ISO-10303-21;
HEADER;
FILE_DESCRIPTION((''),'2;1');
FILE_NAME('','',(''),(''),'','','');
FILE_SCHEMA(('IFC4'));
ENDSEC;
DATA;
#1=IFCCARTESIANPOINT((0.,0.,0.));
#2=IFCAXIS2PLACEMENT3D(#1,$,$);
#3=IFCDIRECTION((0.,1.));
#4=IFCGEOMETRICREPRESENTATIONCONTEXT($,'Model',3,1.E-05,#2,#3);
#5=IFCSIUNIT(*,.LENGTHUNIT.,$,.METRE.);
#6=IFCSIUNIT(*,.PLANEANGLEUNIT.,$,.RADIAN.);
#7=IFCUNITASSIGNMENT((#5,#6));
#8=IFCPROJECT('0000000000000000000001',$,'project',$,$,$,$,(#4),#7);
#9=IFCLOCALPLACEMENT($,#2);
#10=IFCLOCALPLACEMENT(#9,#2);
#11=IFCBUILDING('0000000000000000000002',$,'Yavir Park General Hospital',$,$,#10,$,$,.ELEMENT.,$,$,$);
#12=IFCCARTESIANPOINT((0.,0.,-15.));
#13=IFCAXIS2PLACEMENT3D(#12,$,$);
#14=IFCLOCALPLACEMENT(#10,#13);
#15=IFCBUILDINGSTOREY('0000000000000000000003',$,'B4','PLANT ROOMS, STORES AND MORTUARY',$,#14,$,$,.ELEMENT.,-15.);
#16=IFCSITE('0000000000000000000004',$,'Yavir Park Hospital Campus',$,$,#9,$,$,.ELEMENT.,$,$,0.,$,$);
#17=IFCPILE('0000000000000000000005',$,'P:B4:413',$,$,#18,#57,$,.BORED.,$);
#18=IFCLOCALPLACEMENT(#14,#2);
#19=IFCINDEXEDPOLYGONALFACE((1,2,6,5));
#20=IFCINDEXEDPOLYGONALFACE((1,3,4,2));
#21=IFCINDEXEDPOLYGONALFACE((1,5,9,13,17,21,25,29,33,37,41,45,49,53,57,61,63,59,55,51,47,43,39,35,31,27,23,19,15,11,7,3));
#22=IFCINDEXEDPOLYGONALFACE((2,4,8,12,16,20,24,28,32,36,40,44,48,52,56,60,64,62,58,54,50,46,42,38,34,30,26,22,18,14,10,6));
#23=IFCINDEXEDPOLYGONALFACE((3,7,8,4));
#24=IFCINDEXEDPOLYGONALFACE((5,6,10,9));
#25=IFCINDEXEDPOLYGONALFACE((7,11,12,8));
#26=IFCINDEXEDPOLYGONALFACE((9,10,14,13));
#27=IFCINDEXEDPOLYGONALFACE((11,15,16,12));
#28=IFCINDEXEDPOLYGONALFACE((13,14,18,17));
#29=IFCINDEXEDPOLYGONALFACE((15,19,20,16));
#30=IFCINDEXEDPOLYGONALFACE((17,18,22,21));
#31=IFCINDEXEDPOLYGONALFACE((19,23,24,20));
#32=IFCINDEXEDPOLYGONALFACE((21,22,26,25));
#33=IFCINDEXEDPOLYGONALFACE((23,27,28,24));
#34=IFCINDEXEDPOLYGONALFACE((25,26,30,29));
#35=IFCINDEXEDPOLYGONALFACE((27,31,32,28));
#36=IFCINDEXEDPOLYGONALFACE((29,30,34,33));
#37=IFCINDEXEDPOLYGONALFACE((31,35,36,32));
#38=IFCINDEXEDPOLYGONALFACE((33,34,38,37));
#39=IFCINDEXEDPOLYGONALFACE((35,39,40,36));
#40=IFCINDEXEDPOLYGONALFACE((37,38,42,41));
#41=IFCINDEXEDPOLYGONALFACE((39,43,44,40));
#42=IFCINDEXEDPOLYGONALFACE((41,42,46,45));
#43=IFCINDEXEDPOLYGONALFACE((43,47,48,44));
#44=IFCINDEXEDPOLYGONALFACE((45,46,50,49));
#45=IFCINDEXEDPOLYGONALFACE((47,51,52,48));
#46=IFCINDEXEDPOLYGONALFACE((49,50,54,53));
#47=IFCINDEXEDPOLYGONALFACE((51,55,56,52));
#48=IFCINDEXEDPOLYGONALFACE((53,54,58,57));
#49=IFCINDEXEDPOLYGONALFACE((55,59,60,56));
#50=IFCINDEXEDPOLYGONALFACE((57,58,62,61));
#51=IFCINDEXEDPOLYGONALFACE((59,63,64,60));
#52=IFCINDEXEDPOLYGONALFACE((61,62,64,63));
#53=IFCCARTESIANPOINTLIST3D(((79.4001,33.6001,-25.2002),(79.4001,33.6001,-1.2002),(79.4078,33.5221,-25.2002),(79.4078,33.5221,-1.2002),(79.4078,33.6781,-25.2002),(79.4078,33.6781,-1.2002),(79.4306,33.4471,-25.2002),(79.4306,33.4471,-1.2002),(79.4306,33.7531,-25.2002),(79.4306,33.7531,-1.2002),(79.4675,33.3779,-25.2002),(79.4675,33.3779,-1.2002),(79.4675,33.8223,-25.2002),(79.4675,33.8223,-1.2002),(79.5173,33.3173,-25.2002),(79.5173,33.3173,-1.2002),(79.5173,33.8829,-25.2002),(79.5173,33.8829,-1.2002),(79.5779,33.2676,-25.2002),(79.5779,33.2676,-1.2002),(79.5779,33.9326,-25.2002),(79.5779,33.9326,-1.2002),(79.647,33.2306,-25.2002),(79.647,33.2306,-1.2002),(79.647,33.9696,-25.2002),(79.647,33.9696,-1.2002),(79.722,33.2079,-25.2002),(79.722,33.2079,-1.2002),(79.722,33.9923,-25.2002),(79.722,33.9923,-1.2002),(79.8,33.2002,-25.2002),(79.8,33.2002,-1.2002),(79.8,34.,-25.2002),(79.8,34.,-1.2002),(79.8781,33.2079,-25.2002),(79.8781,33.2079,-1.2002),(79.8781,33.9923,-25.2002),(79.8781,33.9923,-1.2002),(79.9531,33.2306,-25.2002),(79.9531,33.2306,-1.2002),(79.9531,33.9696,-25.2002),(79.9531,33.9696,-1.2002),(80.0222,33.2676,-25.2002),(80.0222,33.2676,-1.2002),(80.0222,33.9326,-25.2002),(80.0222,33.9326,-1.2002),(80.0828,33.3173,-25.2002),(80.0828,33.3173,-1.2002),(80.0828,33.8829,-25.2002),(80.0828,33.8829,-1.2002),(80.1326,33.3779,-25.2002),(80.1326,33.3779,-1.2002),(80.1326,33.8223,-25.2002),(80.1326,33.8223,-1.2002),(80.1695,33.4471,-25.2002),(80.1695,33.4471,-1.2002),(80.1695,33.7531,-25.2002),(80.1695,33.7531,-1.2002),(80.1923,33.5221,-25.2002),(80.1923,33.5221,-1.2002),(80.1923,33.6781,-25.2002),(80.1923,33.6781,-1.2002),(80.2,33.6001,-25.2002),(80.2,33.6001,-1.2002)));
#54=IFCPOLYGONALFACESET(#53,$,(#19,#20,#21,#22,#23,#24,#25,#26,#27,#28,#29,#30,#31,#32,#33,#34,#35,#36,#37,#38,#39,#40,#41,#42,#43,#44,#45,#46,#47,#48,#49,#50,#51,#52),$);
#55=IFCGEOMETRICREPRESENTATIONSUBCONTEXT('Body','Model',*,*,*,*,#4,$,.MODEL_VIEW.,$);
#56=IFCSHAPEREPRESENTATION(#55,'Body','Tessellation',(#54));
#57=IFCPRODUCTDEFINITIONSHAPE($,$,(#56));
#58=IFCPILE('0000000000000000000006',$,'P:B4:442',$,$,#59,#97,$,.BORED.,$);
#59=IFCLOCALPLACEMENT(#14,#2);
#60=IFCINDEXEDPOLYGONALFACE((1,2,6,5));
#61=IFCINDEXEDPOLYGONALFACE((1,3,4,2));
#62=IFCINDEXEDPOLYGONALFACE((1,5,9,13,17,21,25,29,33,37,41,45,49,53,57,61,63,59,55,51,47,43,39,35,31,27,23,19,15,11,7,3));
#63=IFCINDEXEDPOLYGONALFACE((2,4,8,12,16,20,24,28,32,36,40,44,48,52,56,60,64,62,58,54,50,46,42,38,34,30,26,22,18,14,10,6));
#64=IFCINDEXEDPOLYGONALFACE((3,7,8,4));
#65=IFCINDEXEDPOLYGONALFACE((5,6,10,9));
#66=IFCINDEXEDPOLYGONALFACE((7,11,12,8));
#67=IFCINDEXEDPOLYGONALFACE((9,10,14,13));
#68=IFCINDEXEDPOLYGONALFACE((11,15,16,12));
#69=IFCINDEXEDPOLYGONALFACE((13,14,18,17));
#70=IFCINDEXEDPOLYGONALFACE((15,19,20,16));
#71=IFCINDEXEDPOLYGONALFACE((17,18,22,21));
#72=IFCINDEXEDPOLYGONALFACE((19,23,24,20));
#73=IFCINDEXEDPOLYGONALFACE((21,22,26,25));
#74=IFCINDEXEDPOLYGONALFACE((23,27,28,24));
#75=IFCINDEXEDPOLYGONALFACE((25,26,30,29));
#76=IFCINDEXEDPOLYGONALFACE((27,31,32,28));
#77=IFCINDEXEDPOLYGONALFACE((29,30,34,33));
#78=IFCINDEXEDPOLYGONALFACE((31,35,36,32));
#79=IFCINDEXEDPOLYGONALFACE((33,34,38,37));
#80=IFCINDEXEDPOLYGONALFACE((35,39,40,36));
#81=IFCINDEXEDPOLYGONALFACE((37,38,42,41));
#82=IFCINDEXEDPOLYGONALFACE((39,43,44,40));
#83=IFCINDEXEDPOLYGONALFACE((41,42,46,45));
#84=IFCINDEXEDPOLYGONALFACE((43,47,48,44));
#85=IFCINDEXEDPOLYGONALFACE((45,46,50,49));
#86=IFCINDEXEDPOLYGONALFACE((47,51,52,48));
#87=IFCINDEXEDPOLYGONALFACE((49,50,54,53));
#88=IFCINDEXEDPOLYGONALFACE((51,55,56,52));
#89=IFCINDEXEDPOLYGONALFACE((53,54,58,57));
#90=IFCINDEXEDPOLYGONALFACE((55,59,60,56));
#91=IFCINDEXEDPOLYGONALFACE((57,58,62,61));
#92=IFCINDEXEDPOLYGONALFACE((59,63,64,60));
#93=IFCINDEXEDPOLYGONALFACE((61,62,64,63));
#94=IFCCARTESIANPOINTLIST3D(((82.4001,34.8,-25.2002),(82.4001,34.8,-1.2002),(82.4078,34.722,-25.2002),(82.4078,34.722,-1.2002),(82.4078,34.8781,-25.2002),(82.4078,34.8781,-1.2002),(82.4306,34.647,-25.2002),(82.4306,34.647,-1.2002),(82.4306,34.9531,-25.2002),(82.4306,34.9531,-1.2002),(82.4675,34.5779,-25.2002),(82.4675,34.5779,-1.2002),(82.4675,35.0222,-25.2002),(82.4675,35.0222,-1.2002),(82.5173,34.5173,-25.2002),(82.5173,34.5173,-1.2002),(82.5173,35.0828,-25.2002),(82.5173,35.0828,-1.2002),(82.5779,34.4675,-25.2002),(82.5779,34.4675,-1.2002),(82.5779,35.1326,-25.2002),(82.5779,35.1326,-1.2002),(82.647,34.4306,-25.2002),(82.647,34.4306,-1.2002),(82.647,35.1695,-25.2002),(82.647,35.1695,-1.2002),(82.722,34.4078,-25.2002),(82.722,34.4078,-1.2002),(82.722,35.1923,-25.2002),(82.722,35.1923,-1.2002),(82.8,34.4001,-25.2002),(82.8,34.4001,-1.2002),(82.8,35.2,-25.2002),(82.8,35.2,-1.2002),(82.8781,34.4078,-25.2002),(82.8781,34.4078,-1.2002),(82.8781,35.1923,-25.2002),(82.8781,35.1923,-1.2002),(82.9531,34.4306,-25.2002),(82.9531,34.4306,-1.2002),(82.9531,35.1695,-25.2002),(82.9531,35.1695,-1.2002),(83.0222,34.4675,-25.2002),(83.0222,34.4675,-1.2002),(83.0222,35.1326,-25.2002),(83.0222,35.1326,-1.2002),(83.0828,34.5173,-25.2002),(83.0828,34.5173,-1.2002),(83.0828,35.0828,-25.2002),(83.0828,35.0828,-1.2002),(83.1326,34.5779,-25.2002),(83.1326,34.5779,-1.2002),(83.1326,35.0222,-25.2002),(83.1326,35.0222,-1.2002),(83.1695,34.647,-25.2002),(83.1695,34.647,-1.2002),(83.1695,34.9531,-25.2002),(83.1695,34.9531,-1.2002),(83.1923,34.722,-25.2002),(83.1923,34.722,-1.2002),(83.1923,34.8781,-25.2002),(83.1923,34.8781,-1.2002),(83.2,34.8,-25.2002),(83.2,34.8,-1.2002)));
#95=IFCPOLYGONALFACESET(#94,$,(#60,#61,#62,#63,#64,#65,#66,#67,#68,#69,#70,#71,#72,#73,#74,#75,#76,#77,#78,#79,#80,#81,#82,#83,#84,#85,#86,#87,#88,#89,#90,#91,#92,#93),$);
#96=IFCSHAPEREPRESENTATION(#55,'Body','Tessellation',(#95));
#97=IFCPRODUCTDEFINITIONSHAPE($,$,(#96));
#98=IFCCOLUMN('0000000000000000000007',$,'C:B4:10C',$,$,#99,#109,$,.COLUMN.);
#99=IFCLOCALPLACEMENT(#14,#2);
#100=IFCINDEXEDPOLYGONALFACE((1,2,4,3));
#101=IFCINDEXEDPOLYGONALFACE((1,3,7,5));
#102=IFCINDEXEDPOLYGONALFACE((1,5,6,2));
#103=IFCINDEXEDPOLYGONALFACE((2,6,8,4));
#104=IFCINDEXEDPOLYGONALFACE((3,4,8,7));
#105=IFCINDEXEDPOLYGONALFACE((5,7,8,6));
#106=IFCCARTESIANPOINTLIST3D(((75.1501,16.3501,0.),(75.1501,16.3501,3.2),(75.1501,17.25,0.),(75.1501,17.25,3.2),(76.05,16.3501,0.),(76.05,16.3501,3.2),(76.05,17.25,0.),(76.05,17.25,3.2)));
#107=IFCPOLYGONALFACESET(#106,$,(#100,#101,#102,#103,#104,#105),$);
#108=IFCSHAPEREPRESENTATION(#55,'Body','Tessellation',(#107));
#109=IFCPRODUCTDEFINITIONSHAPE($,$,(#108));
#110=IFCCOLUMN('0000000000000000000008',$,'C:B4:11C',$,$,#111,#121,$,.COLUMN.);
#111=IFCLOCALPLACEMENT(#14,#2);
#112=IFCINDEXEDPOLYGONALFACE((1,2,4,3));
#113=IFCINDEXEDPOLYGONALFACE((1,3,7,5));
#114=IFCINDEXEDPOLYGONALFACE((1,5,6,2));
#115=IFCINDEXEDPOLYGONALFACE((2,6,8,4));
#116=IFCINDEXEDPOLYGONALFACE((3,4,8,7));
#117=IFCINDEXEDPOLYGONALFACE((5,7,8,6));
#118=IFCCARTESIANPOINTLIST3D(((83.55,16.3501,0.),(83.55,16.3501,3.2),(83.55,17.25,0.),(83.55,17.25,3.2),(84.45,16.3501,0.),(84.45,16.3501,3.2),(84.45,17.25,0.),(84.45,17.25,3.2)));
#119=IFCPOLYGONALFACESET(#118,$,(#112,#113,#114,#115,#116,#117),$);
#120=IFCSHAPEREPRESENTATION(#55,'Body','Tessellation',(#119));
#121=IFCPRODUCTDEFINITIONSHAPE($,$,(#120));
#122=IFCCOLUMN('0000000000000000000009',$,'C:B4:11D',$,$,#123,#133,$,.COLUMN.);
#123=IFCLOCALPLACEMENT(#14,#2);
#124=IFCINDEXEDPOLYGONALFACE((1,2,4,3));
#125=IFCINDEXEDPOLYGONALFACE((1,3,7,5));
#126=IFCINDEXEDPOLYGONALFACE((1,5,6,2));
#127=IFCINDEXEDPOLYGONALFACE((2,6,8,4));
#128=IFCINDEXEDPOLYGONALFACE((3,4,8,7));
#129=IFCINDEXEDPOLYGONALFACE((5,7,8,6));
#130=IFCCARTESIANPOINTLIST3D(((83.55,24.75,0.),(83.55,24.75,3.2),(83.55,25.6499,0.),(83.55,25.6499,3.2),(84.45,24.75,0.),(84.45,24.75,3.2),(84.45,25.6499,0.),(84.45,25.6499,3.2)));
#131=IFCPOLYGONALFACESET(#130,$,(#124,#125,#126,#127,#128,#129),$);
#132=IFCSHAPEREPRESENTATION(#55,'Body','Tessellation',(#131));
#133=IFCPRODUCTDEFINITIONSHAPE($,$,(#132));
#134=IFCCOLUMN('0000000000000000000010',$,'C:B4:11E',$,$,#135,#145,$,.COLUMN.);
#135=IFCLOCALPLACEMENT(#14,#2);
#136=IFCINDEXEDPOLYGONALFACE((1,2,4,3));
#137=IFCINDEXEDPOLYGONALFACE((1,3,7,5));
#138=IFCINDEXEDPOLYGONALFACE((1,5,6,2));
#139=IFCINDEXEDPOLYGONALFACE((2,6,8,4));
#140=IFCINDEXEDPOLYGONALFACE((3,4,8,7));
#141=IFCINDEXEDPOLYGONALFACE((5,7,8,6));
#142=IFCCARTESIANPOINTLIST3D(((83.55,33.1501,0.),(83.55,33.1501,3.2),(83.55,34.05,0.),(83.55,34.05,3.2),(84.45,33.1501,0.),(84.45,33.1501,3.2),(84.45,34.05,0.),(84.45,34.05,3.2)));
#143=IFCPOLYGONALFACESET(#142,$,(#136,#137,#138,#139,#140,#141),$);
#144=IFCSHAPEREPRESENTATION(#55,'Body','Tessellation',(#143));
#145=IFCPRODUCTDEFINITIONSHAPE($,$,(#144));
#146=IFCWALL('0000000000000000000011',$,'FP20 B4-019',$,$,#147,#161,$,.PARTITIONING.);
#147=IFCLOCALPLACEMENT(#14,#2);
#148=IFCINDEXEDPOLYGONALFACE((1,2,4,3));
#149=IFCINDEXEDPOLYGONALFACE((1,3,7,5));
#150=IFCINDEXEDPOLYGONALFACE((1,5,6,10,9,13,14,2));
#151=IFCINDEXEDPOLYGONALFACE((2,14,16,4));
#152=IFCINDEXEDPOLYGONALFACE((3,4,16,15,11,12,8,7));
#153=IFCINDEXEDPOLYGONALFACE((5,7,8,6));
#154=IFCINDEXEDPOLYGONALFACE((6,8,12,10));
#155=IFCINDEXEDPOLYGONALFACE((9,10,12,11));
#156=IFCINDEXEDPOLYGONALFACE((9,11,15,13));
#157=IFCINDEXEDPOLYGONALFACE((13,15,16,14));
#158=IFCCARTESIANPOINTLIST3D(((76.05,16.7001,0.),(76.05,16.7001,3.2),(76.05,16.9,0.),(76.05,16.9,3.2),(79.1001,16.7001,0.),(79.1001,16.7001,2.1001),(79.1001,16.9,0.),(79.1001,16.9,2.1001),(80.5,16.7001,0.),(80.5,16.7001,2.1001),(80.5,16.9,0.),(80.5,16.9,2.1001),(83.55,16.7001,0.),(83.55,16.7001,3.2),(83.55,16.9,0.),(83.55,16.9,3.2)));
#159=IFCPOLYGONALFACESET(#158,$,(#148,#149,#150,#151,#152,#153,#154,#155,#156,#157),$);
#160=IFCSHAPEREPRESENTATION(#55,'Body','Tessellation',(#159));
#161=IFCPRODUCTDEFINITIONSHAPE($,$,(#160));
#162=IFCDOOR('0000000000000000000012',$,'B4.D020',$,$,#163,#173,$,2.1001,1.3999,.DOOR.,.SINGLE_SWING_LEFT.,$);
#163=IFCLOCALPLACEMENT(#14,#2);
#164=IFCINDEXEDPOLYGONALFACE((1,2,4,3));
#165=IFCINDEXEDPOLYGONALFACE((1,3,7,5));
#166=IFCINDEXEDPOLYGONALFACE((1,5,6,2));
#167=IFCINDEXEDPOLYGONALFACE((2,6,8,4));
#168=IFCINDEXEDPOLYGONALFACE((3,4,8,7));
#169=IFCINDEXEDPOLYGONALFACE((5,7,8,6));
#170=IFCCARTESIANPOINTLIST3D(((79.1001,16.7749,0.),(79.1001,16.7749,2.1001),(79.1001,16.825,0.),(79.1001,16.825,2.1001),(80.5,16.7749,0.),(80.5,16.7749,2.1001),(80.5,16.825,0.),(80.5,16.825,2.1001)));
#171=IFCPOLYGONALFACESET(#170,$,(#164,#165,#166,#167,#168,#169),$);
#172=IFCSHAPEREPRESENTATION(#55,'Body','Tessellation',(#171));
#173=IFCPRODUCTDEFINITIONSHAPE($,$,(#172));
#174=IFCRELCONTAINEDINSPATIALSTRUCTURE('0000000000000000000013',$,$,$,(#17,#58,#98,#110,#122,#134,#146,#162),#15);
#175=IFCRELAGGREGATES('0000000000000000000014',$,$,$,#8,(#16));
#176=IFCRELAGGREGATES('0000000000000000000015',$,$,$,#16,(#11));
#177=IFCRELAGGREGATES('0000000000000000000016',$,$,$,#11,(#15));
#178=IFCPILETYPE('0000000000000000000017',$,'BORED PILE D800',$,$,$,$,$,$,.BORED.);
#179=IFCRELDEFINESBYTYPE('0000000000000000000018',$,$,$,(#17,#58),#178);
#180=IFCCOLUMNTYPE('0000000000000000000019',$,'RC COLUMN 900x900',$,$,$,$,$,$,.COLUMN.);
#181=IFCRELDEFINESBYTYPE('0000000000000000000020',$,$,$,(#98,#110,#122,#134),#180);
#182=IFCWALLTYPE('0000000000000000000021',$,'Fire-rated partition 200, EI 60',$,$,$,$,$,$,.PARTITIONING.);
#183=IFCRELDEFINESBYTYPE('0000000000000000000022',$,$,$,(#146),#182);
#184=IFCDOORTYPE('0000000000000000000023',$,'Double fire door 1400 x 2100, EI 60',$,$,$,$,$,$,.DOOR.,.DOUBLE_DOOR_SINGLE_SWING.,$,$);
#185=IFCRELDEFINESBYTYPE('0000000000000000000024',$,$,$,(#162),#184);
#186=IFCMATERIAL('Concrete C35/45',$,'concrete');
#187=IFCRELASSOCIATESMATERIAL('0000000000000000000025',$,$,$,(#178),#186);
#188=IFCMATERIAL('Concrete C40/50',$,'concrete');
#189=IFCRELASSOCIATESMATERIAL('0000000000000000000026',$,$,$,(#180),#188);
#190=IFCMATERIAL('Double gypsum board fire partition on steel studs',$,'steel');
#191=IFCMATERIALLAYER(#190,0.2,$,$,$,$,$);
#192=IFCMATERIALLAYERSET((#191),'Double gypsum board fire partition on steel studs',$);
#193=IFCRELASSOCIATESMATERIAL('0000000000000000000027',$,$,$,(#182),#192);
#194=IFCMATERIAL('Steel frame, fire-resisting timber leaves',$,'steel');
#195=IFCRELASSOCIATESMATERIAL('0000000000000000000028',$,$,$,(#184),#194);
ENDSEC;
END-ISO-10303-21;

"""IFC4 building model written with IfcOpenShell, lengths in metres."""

from ifc_helpers import new_model, si_unit, direction, frame, frame_2d, origin, origin_2d, place, context, subcontext, project, spatial, rectangle, circle, extrude, material, layer, layer_set, material_profile, profile_set, type_object, element, fill, save


model = new_model("IFC4")

# Units and contexts
model_context = context("Model", 3, precision=1e-05, world=origin(), true_north=direction((0.0, 1.0)))
body_context = subcontext(model_context, "Body", "Model", "MODEL_VIEW")
ifc_project = project(units=[si_unit("LENGTHUNIT", "METRE"), si_unit("PLANEANGLEUNIT", "RADIAN")], contexts=[model_context])

# Site, building, storey
site_placement = place(None, origin())
site = spatial("IfcSite", under=ifc_project, at=site_placement, Name="Yavir Park Hospital Campus", CompositionType="ELEMENT", RefElevation=0.0)
building_placement = place(site_placement, origin())
building = spatial("IfcBuilding", under=site, at=building_placement, Name="Yavir Park General Hospital", CompositionType="ELEMENT")
storey_placement = place(building_placement, frame((0.0, 0.0, -15.0)))
storey = spatial("IfcBuildingStorey", under=building, at=storey_placement, Name="B4", Description="PLANT ROOMS, STORES AND MORTUARY", CompositionType="ELEMENT", Elevation=-15.0)

# Piles
ifc_material_1 = material(Name="Concrete C35/45", Category="concrete")
ifc_material_profile_1 = material_profile(ifc_material_1, circle(Radius=0.3999, at=origin_2d()), Name="D800")
ifc_profile_set_1 = profile_set([ifc_material_profile_1], Name="Concrete C35/45")
pile_type_1 = type_object("IfcPileType", Name="BORED PILE D800", PredefinedType="BORED", material=ifc_profile_set_1)
for number, where, z_axis, x_axis, name in (
    (1, (79.8, 33.6001, -1.2002), (0.0, 0.0, -1.0), (1.0, 0.0, 0.0), "P:B4:413"),
    (2, (82.8, 34.8, -1.2002), (0.0, 0.0, -1.0), (1.0, 0.0, 0.0), "P:B4:442"),
):
    element("IfcPile", number, at=place(storey_placement, frame(where, z_axis=z_axis, x_axis=x_axis)), inside=storey, type_object=pile_type_1, Name=name, PredefinedType="BORED", context=body_context, shape_type="SweptSolid", body=[
        extrude(circle(Radius=0.3999, at=origin_2d()), origin(), (0.0, 0.0, 1.0), 24.0),
    ])

# Columns
ifc_material_2 = material(Name="Concrete C40/50", Category="concrete")
ifc_material_profile_2 = material_profile(ifc_material_2, rectangle(XDim=0.8999, YDim=0.8999, at=origin_2d()), Name="RC900x900")
ifc_profile_set_2 = profile_set([ifc_material_profile_2], Name="Concrete C40/50")
column_type = type_object("IfcColumnType", Name="RC COLUMN 900x900", PredefinedType="COLUMN", material=ifc_profile_set_2)
for number, where, z_axis, x_axis, name in (
    (3, (75.6001, 16.8, 0.0), (0.0, 0.0, 1.0), (1.0, 0.0, 0.0), "C:B4:10C"),
    (4, (84.0, 16.8, 0.0), (0.0, 0.0, 1.0), (1.0, 0.0, 0.0), "C:B4:11C"),
    (5, (84.0, 25.2, 0.0), (0.0, 0.0, 1.0), (1.0, 0.0, 0.0), "C:B4:11D"),
    (6, (84.0, 33.6001, 0.0), (0.0, 0.0, 1.0), (1.0, 0.0, 0.0), "C:B4:11E"),
):
    element("IfcColumn", number, at=place(storey_placement, frame(where, z_axis=z_axis, x_axis=x_axis)), inside=storey, type_object=column_type, Name=name, PredefinedType="COLUMN", context=body_context, shape_type="SweptSolid", body=[
        extrude(rectangle(XDim=0.8999, YDim=0.8999, at=origin_2d()), origin(), (0.0, 0.0, 1.0), 3.2),
    ])

# Wall, opening, door
ifc_material_3 = material(Name="Double gypsum board fire partition on steel studs", Category="steel")
ifc_layer_1 = layer(ifc_material_3, 0.2)
ifc_layer_set_1 = layer_set([ifc_layer_1], Name="Double gypsum board fire partition on steel studs")
wall_type_1 = type_object("IfcWallType", Name="Fire-rated partition 200, EI 60", PredefinedType="PARTITIONING", material=ifc_layer_set_1)
wall_1_placement = place(storey_placement, frame((76.05, 16.8, 0.0), z_axis=(0.0, 0.0, 1.0), x_axis=(1.0, 0.0, 0.0)))
wall_1 = element("IfcWall", 7, at=wall_1_placement, inside=storey, type_object=wall_type_1, Name="FP20 B4-019", PredefinedType="PARTITIONING", context=body_context, shape_type="SweptSolid", body=[
    extrude(rectangle(XDim=7.5, YDim=0.2, at=frame_2d((3.75, 0.0))), origin(), (0.0, 0.0, 1.0), 3.2),
])
opening_1_placement = place(wall_1_placement, frame((3.05, 0.0, 0.0)))
opening_1 = element("IfcOpeningElement", 8, at=opening_1_placement, cuts=wall_1, PredefinedType="OPENING", context=body_context, shape_type="SweptSolid", body=[
    extrude(rectangle(XDim=1.3999, YDim=2.1001, at=frame_2d((0.7, 1.05))), frame((0.0, 0.1099, 0.0), z_axis=(0.0, -1.0, 0.0), x_axis=(1.0, 0.0, 0.0)), (0.0, 0.0, 1.0), 0.22),
])
ifc_material_4 = material(Name="Steel frame, fire-resisting timber leaves", Category="steel")
door_type = type_object("IfcDoorType", Name="Double fire door 1400 x 2100, EI 60", OperationType="DOUBLE_DOOR_SINGLE_SWING", PredefinedType="DOOR", material=ifc_material_4)
door_1_placement = place(opening_1_placement, origin())
door_1 = element("IfcDoor", 9, at=door_1_placement, inside=storey, type_object=door_type, Name="B4.D020", OperationType="SINGLE_SWING_LEFT", OverallHeight=2.1001, OverallWidth=1.3999, PredefinedType="DOOR", context=body_context, shape_type="SweptSolid", body=[
    extrude(rectangle(XDim=1.3999, YDim=2.1001, at=frame_2d((0.7, 1.05))), frame((0.0, 0.0249, 0.0), z_axis=(0.0, -1.0, 0.0), x_axis=(1.0, 0.0, 0.0)), (0.0, 0.0, 1.0), 0.05),
])
fill(opening_1, door_1)

save(model, "model.ifc")
